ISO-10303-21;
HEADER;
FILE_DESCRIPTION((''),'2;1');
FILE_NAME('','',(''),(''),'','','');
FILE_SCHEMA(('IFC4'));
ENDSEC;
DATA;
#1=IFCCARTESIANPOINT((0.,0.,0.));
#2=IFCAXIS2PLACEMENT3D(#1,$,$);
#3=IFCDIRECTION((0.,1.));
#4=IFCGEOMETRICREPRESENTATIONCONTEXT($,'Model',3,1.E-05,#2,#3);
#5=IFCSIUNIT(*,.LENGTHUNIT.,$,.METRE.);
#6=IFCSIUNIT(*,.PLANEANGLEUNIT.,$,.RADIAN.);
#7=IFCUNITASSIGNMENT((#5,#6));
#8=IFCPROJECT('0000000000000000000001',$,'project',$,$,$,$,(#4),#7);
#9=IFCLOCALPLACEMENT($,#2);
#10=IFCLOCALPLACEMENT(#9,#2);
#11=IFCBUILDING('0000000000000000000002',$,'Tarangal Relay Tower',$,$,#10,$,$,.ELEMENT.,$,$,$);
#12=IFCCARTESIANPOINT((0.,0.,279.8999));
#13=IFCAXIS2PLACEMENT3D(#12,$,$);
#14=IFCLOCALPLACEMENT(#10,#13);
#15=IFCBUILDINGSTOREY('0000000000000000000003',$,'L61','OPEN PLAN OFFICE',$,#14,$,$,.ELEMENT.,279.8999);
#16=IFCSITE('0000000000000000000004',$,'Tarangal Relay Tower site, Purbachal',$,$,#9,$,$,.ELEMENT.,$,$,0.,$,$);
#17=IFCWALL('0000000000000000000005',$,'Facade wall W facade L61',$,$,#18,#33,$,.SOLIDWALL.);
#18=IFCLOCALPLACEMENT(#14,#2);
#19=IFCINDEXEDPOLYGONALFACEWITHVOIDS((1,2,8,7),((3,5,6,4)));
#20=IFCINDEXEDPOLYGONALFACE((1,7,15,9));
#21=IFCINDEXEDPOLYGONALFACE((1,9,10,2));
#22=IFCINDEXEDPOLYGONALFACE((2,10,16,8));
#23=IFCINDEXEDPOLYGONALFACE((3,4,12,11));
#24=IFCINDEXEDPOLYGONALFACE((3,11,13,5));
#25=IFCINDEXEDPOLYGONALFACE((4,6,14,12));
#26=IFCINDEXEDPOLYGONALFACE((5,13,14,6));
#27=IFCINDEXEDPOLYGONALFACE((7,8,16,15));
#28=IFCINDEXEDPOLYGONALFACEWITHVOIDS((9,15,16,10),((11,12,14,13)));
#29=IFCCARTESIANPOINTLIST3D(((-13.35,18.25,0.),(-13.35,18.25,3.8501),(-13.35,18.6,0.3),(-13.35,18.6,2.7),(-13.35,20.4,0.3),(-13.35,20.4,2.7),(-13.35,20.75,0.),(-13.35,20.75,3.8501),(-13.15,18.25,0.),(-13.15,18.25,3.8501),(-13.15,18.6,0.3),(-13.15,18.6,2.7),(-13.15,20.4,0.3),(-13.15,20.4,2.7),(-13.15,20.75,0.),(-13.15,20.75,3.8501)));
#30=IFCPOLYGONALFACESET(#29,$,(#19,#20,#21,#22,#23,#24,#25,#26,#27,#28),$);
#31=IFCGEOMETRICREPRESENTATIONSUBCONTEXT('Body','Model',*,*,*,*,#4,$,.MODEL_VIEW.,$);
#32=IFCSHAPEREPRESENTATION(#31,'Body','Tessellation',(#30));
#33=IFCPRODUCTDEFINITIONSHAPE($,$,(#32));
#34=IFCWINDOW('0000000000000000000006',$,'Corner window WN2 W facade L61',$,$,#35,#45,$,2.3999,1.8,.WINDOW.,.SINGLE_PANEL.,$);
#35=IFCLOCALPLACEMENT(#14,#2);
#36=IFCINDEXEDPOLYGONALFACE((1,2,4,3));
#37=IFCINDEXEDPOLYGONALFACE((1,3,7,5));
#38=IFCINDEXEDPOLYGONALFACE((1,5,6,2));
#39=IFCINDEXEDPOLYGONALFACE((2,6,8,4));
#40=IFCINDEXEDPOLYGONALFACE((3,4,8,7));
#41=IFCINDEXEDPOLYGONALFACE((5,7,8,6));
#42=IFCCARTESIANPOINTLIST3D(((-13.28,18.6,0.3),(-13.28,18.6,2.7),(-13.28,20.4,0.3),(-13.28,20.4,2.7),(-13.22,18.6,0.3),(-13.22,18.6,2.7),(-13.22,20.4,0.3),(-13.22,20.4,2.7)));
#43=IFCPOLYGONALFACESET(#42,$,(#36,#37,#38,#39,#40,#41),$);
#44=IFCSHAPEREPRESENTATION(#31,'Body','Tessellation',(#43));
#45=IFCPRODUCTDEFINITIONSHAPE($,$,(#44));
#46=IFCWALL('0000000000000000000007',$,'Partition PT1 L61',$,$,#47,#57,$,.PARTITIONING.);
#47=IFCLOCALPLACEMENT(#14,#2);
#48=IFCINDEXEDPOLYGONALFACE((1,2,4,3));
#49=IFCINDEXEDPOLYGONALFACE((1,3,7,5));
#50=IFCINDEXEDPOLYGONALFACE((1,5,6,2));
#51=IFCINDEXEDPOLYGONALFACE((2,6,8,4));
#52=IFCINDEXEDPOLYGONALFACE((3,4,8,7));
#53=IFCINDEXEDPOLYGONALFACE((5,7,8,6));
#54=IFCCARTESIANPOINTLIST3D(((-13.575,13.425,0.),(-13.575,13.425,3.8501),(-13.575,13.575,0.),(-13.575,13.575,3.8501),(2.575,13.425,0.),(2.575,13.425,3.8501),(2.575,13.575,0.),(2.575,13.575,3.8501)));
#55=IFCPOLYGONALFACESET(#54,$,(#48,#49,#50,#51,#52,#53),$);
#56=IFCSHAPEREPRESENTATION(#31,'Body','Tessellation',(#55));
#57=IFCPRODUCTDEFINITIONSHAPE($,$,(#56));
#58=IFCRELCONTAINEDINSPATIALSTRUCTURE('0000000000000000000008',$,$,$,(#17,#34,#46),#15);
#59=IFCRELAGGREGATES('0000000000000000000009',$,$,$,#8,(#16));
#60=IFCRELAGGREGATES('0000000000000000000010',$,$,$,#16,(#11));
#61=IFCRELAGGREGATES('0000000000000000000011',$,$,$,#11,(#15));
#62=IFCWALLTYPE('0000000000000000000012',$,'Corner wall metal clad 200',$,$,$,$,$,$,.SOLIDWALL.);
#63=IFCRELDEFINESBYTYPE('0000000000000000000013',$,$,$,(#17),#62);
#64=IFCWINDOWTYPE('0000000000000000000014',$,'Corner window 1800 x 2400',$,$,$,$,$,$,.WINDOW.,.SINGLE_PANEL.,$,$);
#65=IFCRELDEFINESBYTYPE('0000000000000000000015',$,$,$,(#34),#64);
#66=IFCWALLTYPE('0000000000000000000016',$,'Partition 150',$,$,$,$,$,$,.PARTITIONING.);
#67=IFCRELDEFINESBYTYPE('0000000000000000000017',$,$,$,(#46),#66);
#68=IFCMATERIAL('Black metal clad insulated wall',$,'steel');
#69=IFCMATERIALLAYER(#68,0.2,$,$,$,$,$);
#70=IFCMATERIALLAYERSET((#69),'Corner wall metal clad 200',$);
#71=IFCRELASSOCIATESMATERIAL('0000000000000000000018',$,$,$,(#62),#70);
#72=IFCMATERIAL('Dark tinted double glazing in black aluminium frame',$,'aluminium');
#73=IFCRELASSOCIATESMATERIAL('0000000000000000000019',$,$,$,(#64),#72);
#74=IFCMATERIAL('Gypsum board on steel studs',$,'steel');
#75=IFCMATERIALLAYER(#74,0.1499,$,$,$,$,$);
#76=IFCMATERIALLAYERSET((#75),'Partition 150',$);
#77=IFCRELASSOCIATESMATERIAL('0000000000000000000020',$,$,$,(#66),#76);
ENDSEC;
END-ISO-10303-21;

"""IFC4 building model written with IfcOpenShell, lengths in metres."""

from ifc_helpers import new_model, si_unit, direction, frame, frame_2d, origin, place, context, subcontext, project, spatial, rectangle, extrude, material, layer, layer_set, type_object, element, fill, save


model = new_model("IFC4")

# Units and contexts
model_context = context("Model", 3, precision=1e-05, world=origin(), true_north=direction((0.0, 1.0)))
body_context = subcontext(model_context, "Body", "Model", "MODEL_VIEW")
ifc_project = project(units=[si_unit("LENGTHUNIT", "METRE"), si_unit("PLANEANGLEUNIT", "RADIAN")], contexts=[model_context])

# Site, building, storey
site_placement = place(None, origin())
site = spatial("IfcSite", under=ifc_project, at=site_placement, Name="Tarangal Relay Tower site, Purbachal", CompositionType="ELEMENT", RefElevation=0.0)
building_placement = place(site_placement, origin())
building = spatial("IfcBuilding", under=site, at=building_placement, Name="Tarangal Relay Tower", CompositionType="ELEMENT")
storey_placement = place(building_placement, frame((0.0, 0.0, 279.8999)))
storey = spatial("IfcBuildingStorey", under=building, at=storey_placement, Name="L61", Description="OPEN PLAN OFFICE", CompositionType="ELEMENT", Elevation=279.8999)

# Shared definitions
ifc_material_1 = material(Name="Black metal clad insulated wall", Category="steel")
ifc_layer_1 = layer(ifc_material_1, 0.2)
ifc_layer_set_1 = layer_set([ifc_layer_1], Name="Corner wall metal clad 200")
wall_type_1 = type_object("IfcWallType", Name="Corner wall metal clad 200", PredefinedType="SOLIDWALL", material=ifc_layer_set_1)

# Shared definitions
ifc_material_2 = material(Name="Dark tinted double glazing in black aluminium frame", Category="aluminium")
window_type = type_object("IfcWindowType", Name="Corner window 1800 x 2400", PartitioningType="SINGLE_PANEL", PredefinedType="WINDOW", material=ifc_material_2)

# Wall, opening, window
wall_1_placement = place(storey_placement, frame((-13.25, 18.25, 0.0), z_axis=(0.0, 0.0, 1.0), x_axis=(0.0, 1.0, 0.0)))
wall_1 = element("IfcWall", 1, at=wall_1_placement, inside=storey, type_object=wall_type_1, Name="Facade wall W facade L61", PredefinedType="SOLIDWALL", context=body_context, shape_type="SweptSolid", body=[
    extrude(rectangle(XDim=2.5, YDim=0.2, at=frame_2d((1.25, 0.0))), origin(), (0.0, 0.0, 1.0), 3.8501),
])
opening_1_placement = place(wall_1_placement, frame((0.3501, 0.0, 0.3)))
opening_1 = element("IfcOpeningElement", 2, at=opening_1_placement, cuts=wall_1, PredefinedType="OPENING", context=body_context, shape_type="SweptSolid", body=[
    extrude(rectangle(XDim=1.8, YDim=2.3999, at=frame_2d((0.8999, 1.2))), frame((0.0, 0.1099, 0.0), z_axis=(0.0, -1.0, 0.0), x_axis=(1.0, 0.0, 0.0)), (0.0, 0.0, 1.0), 0.22),
])
window_1_placement = place(opening_1_placement, origin())
window_1 = element("IfcWindow", 3, at=window_1_placement, inside=storey, type_object=window_type, Name="Corner window WN2 W facade L61", OverallHeight=2.3999, OverallWidth=1.8, PartitioningType="SINGLE_PANEL", PredefinedType="WINDOW", context=body_context, shape_type="SweptSolid", body=[
    extrude(rectangle(XDim=1.8, YDim=2.3999, at=frame_2d((0.8999, 1.2))), frame((0.0, 0.03, 0.0), z_axis=(0.0, -1.0, 0.0), x_axis=(1.0, 0.0, 0.0)), (0.0, 0.0, 1.0), 0.0601),
])
fill(opening_1, window_1)

# Wall
ifc_material_3 = material(Name="Gypsum board on steel studs", Category="steel")
ifc_layer_2 = layer(ifc_material_3, 0.1499)
ifc_layer_set_2 = layer_set([ifc_layer_2], Name="Partition 150")
wall_type_2 = type_object("IfcWallType", Name="Partition 150", PredefinedType="PARTITIONING", material=ifc_layer_set_2)
wall_2_placement = place(storey_placement, frame((-13.575, 13.5, 0.0), z_axis=(0.0, 0.0, 1.0), x_axis=(1.0, 0.0, 0.0)))
element("IfcWall", 4, at=wall_2_placement, inside=storey, type_object=wall_type_2, Name="Partition PT1 L61", PredefinedType="PARTITIONING", context=body_context, shape_type="SweptSolid", body=[
    extrude(rectangle(XDim=16.1499, YDim=0.1499, at=frame_2d((8.075, 0.0))), origin(), (0.0, 0.0, 1.0), 3.8501),
])

save(model, "model.ifc")
